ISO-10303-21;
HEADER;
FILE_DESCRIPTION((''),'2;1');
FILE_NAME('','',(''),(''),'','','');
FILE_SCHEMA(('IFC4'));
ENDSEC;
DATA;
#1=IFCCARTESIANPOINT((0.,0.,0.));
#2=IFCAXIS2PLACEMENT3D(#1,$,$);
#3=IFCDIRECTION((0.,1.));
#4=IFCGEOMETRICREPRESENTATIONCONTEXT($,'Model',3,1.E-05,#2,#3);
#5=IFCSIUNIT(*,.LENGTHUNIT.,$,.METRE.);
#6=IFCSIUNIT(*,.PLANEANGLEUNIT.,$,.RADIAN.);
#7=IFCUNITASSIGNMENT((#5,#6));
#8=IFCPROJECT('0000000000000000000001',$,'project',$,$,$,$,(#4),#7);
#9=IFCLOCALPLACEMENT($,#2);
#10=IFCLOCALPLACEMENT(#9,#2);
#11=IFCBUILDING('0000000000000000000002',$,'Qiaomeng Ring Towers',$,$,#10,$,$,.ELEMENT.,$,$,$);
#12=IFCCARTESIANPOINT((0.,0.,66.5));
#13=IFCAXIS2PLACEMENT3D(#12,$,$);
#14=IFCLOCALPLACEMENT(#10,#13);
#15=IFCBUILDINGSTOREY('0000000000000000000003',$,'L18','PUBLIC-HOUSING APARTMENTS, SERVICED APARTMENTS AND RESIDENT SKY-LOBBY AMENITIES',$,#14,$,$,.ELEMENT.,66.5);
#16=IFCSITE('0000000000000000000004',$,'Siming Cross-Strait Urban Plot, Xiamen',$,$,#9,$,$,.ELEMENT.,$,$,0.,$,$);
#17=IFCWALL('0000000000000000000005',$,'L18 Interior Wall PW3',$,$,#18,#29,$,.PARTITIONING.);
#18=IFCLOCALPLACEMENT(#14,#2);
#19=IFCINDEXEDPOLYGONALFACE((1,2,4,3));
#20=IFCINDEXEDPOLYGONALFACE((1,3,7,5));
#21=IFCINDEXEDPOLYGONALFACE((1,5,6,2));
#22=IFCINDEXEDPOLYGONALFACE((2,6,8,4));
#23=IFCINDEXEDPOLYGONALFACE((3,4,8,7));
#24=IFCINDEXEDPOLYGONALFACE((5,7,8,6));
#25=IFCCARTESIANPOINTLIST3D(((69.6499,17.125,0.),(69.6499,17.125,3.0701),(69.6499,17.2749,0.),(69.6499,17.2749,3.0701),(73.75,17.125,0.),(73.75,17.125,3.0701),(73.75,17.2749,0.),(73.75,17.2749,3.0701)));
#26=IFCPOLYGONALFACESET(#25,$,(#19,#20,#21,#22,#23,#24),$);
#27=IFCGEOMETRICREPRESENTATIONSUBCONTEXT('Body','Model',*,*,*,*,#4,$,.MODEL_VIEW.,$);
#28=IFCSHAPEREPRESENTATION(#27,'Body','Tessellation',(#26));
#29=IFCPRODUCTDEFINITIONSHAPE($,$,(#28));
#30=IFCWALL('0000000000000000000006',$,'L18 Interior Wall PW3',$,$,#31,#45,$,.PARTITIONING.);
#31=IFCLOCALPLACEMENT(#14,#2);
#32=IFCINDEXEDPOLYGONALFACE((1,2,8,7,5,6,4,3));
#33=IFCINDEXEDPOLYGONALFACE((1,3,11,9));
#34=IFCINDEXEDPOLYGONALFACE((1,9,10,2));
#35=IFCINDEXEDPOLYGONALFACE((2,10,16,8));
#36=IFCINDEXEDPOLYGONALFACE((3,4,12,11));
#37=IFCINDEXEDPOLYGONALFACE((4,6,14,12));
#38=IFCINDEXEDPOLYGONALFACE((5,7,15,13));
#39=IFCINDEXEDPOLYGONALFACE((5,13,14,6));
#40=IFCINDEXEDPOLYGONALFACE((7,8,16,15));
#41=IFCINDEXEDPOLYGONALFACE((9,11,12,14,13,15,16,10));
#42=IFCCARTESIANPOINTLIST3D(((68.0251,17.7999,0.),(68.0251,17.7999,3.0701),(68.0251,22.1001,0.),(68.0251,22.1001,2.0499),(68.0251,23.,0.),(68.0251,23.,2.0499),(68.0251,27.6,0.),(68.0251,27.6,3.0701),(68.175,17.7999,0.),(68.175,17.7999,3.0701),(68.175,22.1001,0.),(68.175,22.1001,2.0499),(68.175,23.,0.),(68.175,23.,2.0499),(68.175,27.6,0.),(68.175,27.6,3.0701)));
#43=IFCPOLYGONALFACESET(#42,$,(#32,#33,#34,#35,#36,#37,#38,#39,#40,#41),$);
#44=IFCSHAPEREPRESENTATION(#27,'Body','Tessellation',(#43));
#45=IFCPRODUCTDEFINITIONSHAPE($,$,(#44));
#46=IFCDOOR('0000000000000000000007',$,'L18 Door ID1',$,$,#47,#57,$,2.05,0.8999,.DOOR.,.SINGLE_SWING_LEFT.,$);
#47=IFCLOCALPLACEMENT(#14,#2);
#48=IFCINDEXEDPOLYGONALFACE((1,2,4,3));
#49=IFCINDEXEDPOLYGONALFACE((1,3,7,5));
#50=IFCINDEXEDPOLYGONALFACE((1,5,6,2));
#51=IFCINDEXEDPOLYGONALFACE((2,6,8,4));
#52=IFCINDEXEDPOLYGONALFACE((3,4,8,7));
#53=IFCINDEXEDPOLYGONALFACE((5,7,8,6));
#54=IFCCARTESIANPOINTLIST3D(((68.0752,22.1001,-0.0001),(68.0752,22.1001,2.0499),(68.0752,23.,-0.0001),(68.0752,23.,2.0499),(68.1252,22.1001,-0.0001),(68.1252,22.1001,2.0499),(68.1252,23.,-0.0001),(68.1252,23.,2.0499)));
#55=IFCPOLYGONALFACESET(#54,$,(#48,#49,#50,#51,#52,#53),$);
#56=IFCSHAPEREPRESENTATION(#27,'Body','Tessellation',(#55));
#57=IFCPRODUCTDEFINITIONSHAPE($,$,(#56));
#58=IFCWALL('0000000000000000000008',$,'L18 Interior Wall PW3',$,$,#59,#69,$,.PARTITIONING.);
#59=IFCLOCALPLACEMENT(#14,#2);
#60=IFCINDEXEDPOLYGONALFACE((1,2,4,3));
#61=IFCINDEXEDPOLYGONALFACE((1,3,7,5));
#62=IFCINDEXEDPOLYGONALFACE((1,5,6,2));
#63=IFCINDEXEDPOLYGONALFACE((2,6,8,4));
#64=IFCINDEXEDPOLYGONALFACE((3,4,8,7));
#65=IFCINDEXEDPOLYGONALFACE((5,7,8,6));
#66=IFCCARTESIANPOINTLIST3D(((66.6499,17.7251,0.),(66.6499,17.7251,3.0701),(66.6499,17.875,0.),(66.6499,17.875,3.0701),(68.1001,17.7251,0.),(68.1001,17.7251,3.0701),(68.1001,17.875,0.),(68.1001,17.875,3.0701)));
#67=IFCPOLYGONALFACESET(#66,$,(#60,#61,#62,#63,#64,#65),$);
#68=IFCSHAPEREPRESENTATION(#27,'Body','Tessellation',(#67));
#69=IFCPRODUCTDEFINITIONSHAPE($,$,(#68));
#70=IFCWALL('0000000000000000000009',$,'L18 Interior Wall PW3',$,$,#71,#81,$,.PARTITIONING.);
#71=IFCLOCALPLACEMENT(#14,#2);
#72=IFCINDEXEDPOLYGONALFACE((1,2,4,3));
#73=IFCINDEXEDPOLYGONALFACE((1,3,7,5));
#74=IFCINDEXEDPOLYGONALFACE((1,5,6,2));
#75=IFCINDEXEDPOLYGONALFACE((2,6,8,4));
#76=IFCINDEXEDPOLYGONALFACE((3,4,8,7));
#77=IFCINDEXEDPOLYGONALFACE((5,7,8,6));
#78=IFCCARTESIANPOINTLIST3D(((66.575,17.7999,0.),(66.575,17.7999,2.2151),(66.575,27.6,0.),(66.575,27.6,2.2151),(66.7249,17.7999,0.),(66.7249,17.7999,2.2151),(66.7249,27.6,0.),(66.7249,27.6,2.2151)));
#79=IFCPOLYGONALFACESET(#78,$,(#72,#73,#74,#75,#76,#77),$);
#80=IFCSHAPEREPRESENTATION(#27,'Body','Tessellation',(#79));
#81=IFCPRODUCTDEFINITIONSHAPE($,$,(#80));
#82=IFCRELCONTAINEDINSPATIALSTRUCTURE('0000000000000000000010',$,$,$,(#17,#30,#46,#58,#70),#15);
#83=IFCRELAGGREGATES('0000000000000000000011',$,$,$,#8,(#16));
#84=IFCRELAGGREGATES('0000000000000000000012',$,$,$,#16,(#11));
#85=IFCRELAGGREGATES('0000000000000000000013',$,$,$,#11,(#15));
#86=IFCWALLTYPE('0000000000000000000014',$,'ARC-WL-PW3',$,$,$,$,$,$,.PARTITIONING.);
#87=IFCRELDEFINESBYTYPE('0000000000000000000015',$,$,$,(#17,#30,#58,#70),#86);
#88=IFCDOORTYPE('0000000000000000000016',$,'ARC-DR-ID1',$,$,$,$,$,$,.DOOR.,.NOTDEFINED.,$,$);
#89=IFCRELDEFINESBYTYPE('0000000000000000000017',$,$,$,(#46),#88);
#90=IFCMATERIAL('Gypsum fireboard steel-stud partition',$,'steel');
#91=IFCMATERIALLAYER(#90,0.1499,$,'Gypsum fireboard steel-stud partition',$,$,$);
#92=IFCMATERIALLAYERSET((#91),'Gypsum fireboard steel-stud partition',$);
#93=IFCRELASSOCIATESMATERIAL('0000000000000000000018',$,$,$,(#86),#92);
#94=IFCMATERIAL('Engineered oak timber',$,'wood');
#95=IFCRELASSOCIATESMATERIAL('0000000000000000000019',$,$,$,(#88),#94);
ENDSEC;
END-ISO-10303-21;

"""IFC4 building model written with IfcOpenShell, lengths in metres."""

from ifc_helpers import new_model, si_unit, direction, frame, frame_2d, origin, place, context, subcontext, project, spatial, rectangle, extrude, source, transform, mapped, material, layer, layer_set, type_object, element, fill, save


model = new_model("IFC4")

# Units and contexts
model_context = context("Model", 3, precision=1e-05, world=origin(), true_north=direction((0.0, 1.0)))
body_context = subcontext(model_context, "Body", "Model", "MODEL_VIEW")
ifc_project = project(units=[si_unit("LENGTHUNIT", "METRE"), si_unit("PLANEANGLEUNIT", "RADIAN")], contexts=[model_context])

# Site, building, storey
site_placement = place(None, origin())
site = spatial("IfcSite", under=ifc_project, at=site_placement, Name="Siming Cross-Strait Urban Plot, Xiamen", CompositionType="ELEMENT", RefElevation=0.0)
building_placement = place(site_placement, origin())
building = spatial("IfcBuilding", under=site, at=building_placement, Name="Qiaomeng Ring Towers", CompositionType="ELEMENT")
storey_placement = place(building_placement, frame((0.0, 0.0, 66.5)))
storey = spatial("IfcBuildingStorey", under=building, at=storey_placement, Name="L18", Description="PUBLIC-HOUSING APARTMENTS, SERVICED APARTMENTS AND RESIDENT SKY-LOBBY AMENITIES", CompositionType="ELEMENT", Elevation=66.5)

# Wall
ifc_material_1 = material(Name="Gypsum fireboard steel-stud partition", Category="steel")
ifc_layer_1 = layer(ifc_material_1, 0.1499, Name="Gypsum fireboard steel-stud partition")
ifc_layer_set_1 = layer_set([ifc_layer_1], Name="Gypsum fireboard steel-stud partition")
wall_type_1 = type_object("IfcWallType", Name="ARC-WL-PW3", PredefinedType="PARTITIONING", material=ifc_layer_set_1)
wall_1_placement = place(storey_placement, frame((69.6499, 17.2, 0.0), z_axis=(0.0, 0.0, 1.0), x_axis=(1.0, 0.0, 0.0)))
element("IfcWall", 1, at=wall_1_placement, inside=storey, type_object=wall_type_1, Name="L18 Interior Wall PW3", PredefinedType="PARTITIONING", context=body_context, shape_type="SweptSolid", body=[
    extrude(rectangle(XDim=4.1001, YDim=0.1499, at=frame_2d((2.05, 0.0))), origin(), (0.0, 0.0, 1.0), 3.0701),
])

# Wall, opening, door
wall_2_placement = place(storey_placement, frame((68.1001, 17.8, 0.0), z_axis=(0.0, 0.0, 1.0), x_axis=(0.0, 1.0, 0.0)))
wall_2 = element("IfcWall", 2, at=wall_2_placement, inside=storey, type_object=wall_type_1, Name="L18 Interior Wall PW3", PredefinedType="PARTITIONING", context=body_context, shape_type="SweptSolid", body=[
    extrude(rectangle(XDim=9.8, YDim=0.1499, at=frame_2d((4.8999, 0.0))), origin(), (0.0, 0.0, 1.0), 3.0701),
])
opening_1_placement = place(wall_2_placement, frame((4.3, 0.0, 0.0)))
opening_1 = element("IfcOpeningElement", 3, at=opening_1_placement, cuts=wall_2, PredefinedType="OPENING", context=body_context, shape_type="SweptSolid", body=[
    extrude(rectangle(XDim=0.8999, YDim=2.05, at=frame_2d((0.45, 1.0249))), frame((0.0, 0.085, 0.0), z_axis=(0.0, -1.0, 0.0), x_axis=(1.0, 0.0, 0.0)), (0.0, 0.0, 1.0), 0.1699),
])
ifc_material_2 = material(Name="Engineered oak timber", Category="wood")
door_type_1 = type_object("IfcDoorType", Name="ARC-DR-ID1", OperationType="NOTDEFINED", PredefinedType="DOOR", material=ifc_material_2)
shared_shape_1 = source(origin(), body_context, "Body", "SweptSolid", [
    extrude(rectangle(XDim=0.8999, YDim=2.05, at=frame_2d((0.45, 1.0249))), frame((0.0, 0.0249, 0.0), z_axis=(0.0, -1.0, 0.0), x_axis=(1.0, 0.0, 0.0)), (0.0, 0.0, 1.0), 0.05),
])
door_1_placement = place(opening_1_placement, origin())
door_1 = element("IfcDoor", 4, at=door_1_placement, inside=storey, type_object=door_type_1, Name="L18 Door ID1", OperationType="SINGLE_SWING_LEFT", OverallHeight=2.05, OverallWidth=0.8999, PredefinedType="DOOR", context=body_context, shape_type="MappedRepresentation", body=[
    mapped(shared_shape_1, transform((0.0, 0.0, 0.0), x_axis=(1.0, 0.0, 0.0), y_axis=(0.0, 1.0, 0.0), z_axis=(0.0, 0.0, 1.0), scale=1.0)),
])
fill(opening_1, door_1)

# Walls
wall_3_placement = place(storey_placement, frame((66.6499, 17.8, 0.0), z_axis=(0.0, 0.0, 1.0), x_axis=(1.0, 0.0, 0.0)))
element("IfcWall", 5, at=wall_3_placement, inside=storey, type_object=wall_type_1, Name="L18 Interior Wall PW3", PredefinedType="PARTITIONING", context=body_context, shape_type="SweptSolid", body=[
    extrude(rectangle(XDim=1.4502, YDim=0.1499, at=frame_2d((0.7251, 0.0))), origin(), (0.0, 0.0, 1.0), 3.0701),
])
wall_4_placement = place(storey_placement, frame((66.6499, 17.8, 0.0), z_axis=(0.0, 0.0, 1.0), x_axis=(0.0, 1.0, 0.0)))
element("IfcWall", 6, at=wall_4_placement, inside=storey, type_object=wall_type_1, Name="L18 Interior Wall PW3", PredefinedType="PARTITIONING", context=body_context, shape_type="SweptSolid", body=[
    extrude(rectangle(XDim=9.8, YDim=0.1499, at=frame_2d((4.8999, 0.0))), origin(), (0.0, 0.0, 1.0), 2.2151),
])

save(model, "model.ifc")
